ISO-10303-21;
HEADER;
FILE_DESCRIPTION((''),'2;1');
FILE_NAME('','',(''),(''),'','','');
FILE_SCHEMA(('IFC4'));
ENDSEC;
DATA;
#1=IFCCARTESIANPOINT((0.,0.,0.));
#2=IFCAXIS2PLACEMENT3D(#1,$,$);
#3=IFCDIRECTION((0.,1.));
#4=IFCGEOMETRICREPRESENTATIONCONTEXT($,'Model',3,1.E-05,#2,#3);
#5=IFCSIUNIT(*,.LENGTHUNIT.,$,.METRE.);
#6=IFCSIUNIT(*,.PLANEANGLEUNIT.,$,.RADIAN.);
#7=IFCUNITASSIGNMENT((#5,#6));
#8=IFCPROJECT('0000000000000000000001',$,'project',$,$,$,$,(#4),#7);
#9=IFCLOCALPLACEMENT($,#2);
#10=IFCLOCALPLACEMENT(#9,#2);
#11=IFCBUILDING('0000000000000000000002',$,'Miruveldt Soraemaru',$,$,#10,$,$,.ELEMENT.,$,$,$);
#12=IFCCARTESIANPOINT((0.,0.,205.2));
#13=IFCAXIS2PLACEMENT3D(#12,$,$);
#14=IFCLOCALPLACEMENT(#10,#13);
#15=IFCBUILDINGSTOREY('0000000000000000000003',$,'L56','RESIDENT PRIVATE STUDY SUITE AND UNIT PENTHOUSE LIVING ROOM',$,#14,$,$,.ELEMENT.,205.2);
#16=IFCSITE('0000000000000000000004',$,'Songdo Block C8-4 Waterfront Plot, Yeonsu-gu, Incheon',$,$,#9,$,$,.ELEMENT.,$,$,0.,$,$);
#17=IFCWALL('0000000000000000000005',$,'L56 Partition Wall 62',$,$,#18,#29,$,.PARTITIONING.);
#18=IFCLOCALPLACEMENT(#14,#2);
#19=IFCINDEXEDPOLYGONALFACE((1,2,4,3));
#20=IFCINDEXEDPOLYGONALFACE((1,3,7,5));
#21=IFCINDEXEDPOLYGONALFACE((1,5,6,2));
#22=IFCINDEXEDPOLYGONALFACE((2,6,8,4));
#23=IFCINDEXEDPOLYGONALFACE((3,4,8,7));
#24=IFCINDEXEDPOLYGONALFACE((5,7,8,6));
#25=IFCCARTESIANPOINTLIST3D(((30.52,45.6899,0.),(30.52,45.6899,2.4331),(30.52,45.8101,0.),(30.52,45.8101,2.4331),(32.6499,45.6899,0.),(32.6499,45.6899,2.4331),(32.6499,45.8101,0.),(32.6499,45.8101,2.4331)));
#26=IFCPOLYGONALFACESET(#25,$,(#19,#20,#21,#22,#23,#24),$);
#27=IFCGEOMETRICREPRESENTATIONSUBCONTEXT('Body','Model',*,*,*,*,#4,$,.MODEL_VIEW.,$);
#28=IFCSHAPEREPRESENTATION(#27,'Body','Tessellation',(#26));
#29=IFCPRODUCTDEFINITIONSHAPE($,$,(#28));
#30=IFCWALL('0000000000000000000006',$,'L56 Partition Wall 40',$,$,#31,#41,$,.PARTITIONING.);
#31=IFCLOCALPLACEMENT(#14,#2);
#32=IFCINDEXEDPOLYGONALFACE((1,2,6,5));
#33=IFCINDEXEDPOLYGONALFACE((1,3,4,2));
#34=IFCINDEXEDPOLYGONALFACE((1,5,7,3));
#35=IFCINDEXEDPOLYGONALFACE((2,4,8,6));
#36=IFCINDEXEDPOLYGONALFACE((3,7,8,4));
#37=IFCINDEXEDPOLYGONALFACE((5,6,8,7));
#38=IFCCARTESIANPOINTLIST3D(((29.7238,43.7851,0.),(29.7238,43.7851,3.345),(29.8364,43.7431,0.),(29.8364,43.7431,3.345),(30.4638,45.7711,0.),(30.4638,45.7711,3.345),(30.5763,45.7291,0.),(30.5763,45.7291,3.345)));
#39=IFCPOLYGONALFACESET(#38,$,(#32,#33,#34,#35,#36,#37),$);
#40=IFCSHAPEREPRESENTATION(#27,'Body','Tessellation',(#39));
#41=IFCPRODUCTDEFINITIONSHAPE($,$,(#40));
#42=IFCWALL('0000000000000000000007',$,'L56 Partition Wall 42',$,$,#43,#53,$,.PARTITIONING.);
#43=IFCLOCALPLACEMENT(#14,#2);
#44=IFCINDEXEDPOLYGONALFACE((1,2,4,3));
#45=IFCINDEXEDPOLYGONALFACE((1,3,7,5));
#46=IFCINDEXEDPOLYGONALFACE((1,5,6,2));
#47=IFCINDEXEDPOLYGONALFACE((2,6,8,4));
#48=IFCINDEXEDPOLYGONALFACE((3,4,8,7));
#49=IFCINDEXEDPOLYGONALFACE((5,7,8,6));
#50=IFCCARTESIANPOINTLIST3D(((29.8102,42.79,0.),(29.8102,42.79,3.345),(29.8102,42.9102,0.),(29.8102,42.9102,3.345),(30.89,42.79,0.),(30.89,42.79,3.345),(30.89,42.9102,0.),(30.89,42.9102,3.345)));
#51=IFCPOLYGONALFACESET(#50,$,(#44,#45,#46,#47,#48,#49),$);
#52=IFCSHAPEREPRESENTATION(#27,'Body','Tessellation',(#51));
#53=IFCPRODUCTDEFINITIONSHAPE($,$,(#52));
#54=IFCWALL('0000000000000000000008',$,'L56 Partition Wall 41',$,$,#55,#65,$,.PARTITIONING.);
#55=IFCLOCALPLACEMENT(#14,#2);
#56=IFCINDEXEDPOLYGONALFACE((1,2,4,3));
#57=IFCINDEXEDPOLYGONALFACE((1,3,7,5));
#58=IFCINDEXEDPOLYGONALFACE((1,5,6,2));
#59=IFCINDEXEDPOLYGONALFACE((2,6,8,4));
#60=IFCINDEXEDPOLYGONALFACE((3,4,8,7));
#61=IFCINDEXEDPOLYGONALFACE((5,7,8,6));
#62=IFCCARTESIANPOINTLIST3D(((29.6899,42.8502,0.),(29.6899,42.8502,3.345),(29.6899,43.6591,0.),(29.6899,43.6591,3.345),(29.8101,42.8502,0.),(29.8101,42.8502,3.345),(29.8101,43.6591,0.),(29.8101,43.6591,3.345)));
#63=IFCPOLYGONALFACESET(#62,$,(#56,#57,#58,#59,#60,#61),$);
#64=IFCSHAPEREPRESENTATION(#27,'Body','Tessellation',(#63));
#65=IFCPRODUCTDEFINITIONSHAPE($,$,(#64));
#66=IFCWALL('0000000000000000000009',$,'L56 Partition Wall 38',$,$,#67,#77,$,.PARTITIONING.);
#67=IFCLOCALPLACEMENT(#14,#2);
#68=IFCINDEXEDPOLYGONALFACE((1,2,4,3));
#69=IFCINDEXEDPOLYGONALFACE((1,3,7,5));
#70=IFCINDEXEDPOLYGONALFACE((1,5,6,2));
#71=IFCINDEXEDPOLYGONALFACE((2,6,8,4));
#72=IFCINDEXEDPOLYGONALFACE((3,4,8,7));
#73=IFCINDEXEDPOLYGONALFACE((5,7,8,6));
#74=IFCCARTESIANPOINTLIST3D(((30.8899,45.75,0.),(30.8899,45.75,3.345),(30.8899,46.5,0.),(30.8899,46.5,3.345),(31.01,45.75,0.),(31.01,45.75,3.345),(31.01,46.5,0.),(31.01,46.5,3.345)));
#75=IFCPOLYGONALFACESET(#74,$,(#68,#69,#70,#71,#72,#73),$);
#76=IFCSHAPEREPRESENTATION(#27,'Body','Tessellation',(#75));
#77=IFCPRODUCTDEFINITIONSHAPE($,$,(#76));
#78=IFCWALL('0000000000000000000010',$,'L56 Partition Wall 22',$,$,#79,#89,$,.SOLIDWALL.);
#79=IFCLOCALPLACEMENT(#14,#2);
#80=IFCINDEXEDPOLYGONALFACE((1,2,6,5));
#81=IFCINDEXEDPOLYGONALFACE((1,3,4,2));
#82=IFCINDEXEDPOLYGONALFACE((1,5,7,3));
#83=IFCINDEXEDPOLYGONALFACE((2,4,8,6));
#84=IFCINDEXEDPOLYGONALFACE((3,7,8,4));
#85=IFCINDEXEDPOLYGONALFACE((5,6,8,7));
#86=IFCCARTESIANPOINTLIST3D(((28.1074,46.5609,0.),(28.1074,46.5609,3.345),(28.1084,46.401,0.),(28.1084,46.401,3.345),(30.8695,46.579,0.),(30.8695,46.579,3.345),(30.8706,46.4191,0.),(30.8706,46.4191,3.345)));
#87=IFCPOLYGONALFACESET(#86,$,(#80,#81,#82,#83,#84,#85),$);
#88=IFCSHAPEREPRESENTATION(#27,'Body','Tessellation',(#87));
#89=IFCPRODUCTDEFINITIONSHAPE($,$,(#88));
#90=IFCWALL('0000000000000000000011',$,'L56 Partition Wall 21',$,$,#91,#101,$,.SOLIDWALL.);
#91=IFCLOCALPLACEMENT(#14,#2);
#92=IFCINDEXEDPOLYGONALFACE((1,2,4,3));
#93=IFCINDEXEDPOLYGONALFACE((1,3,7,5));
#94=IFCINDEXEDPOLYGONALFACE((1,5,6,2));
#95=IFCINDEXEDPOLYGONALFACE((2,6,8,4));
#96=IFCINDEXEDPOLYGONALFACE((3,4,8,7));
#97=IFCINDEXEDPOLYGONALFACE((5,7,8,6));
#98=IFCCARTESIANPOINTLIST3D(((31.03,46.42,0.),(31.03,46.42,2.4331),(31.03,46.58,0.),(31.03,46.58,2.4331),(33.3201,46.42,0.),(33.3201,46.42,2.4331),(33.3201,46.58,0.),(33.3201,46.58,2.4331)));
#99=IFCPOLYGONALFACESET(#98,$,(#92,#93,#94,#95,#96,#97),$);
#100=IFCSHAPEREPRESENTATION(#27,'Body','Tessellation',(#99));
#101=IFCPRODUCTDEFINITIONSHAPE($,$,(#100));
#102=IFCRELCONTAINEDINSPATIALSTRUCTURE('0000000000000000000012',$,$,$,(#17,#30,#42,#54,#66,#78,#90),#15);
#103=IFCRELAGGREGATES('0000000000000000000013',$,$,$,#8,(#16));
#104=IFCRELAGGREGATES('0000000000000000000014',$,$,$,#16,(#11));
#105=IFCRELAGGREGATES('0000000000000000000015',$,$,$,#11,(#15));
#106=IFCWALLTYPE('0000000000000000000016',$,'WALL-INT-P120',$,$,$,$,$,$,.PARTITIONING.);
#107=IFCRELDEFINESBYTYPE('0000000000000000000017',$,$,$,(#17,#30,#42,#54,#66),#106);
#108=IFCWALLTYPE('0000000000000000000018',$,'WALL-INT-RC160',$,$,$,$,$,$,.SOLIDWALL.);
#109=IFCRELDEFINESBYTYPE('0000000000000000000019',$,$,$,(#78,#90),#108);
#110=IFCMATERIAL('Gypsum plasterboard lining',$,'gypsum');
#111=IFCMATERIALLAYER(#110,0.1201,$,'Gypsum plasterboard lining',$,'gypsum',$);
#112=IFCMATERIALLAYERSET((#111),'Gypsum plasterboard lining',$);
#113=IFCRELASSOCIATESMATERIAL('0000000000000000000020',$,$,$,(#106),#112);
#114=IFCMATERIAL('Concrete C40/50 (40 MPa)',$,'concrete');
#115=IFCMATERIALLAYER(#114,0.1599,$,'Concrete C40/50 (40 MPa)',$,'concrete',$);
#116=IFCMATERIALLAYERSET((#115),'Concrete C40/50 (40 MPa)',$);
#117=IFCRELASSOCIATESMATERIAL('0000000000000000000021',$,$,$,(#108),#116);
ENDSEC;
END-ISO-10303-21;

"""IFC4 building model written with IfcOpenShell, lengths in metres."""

from ifc_helpers import new_model, si_unit, direction, frame, frame_2d, origin, place, context, subcontext, project, spatial, rectangle, extrude, material, layer, layer_set, type_object, element, save


model = new_model("IFC4")

# Units and contexts
model_context = context("Model", 3, precision=1e-05, world=origin(), true_north=direction((0.0, 1.0)))
body_context = subcontext(model_context, "Body", "Model", "MODEL_VIEW")
ifc_project = project(units=[si_unit("LENGTHUNIT", "METRE"), si_unit("PLANEANGLEUNIT", "RADIAN")], contexts=[model_context])

# Site, building, storey
site_placement = place(None, origin())
site = spatial("IfcSite", under=ifc_project, at=site_placement, Name="Songdo Block C8-4 Waterfront Plot, Yeonsu-gu, Incheon", CompositionType="ELEMENT", RefElevation=0.0)
building_placement = place(site_placement, origin())
building = spatial("IfcBuilding", under=site, at=building_placement, Name="Miruveldt Soraemaru", CompositionType="ELEMENT")
storey_placement = place(building_placement, frame((0.0, 0.0, 205.2)))
storey = spatial("IfcBuildingStorey", under=building, at=storey_placement, Name="L56", Description="RESIDENT PRIVATE STUDY SUITE AND UNIT PENTHOUSE LIVING ROOM", CompositionType="ELEMENT", Elevation=205.2)

# Shared definitions
ifc_material_1 = material(Name="Gypsum plasterboard lining", Category="gypsum")
ifc_layer_1 = layer(ifc_material_1, 0.1201, Name="Gypsum plasterboard lining", Category="gypsum")
ifc_layer_set_1 = layer_set([ifc_layer_1], Name="Gypsum plasterboard lining")
wall_type_1 = type_object("IfcWallType", Name="WALL-INT-P120", PredefinedType="PARTITIONING", material=ifc_layer_set_1)

# Walls
wall_1_placement = place(storey_placement, frame((30.52, 45.75, 0.0), z_axis=(0.0, 0.0, 1.0), x_axis=(1.0, 0.0, 0.0)))
element("IfcWall", 1, at=wall_1_placement, inside=storey, type_object=wall_type_1, Name="L56 Partition Wall 62", PredefinedType="PARTITIONING", context=body_context, shape_type="SweptSolid", body=[
    extrude(rectangle(XDim=2.1299, YDim=0.1201, at=frame_2d((1.0649, 0.0))), origin(), (0.0, 0.0, 1.0), 2.4331),
])
wall_2_placement = place(storey_placement, frame((30.52, 45.75, 0.0), z_axis=(0.0, 0.0, 1.0), x_axis=(-0.349141, -0.93707, 0.0)))
element("IfcWall", 2, at=wall_2_placement, inside=storey, type_object=wall_type_1, Name="L56 Partition Wall 40", PredefinedType="PARTITIONING", context=body_context, shape_type="SweptSolid", body=[
    extrude(rectangle(XDim=2.1194, YDim=0.1201, at=frame_2d((1.0596, 0.0))), origin(), (0.0, 0.0, 1.0), 3.345),
])
wall_3_placement = place(storey_placement, frame((29.8101, 42.8501, 0.0), z_axis=(0.0, 0.0, 1.0), x_axis=(1.0, 0.0, 0.0)))
element("IfcWall", 3, at=wall_3_placement, inside=storey, type_object=wall_type_1, Name="L56 Partition Wall 42", PredefinedType="PARTITIONING", context=body_context, shape_type="SweptSolid", body=[
    extrude(rectangle(XDim=1.0798, YDim=0.1201, at=frame_2d((0.54, 0.0))), origin(), (0.0, 0.0, 1.0), 3.345),
])
wall_4_placement = place(storey_placement, frame((29.75, 43.6589, 0.0), z_axis=(0.0, 0.0, 1.0), x_axis=(0.0, -1.0, 0.0)))
element("IfcWall", 4, at=wall_4_placement, inside=storey, type_object=wall_type_1, Name="L56 Partition Wall 41", PredefinedType="PARTITIONING", context=body_context, shape_type="SweptSolid", body=[
    extrude(rectangle(XDim=0.8088, YDim=0.1201, at=frame_2d((0.4043, 0.0))), origin(), (0.0, 0.0, 1.0), 3.345),
])
wall_5_placement = place(storey_placement, frame((30.95, 46.5, 0.0), z_axis=(0.0, 0.0, 1.0), x_axis=(0.0, -1.0, 0.0)))
element("IfcWall", 5, at=wall_5_placement, inside=storey, type_object=wall_type_1, Name="L56 Partition Wall 38", PredefinedType="PARTITIONING", context=body_context, shape_type="SweptSolid", body=[
    extrude(rectangle(XDim=0.75, YDim=0.1201, at=frame_2d((0.375, 0.0))), origin(), (0.0, 0.0, 1.0), 3.345),
])
ifc_material_2 = material(Name="Concrete C40/50 (40 MPa)", Category="concrete")
ifc_layer_2 = layer(ifc_material_2, 0.1599, Name="Concrete C40/50 (40 MPa)", Category="concrete")
ifc_layer_set_2 = layer_set([ifc_layer_2], Name="Concrete C40/50 (40 MPa)")
wall_type_2 = type_object("IfcWallType", Name="WALL-INT-RC160", PredefinedType="SOLIDWALL", material=ifc_layer_set_2)
wall_6_placement = place(storey_placement, frame((28.1079, 46.481, 0.0), z_axis=(0.0, 0.0, 1.0), x_axis=(0.999979, 0.00654, 0.0)))
element("IfcWall", 6, at=wall_6_placement, inside=storey, type_object=wall_type_2, Name="L56 Partition Wall 22", PredefinedType="SOLIDWALL", context=body_context, shape_type="SweptSolid", body=[
    extrude(rectangle(XDim=2.7622, YDim=0.1599, at=frame_2d((1.3811, 0.0))), origin(), (0.0, 0.0, 1.0), 3.345),
])
wall_7_placement = place(storey_placement, frame((31.03, 46.5, 0.0), z_axis=(0.0, 0.0, 1.0), x_axis=(1.0, 0.0, 0.0)))
element("IfcWall", 7, at=wall_7_placement, inside=storey, type_object=wall_type_2, Name="L56 Partition Wall 21", PredefinedType="SOLIDWALL", context=body_context, shape_type="SweptSolid", body=[
    extrude(rectangle(XDim=2.29, YDim=0.1599, at=frame_2d((1.145, 0.0))), origin(), (0.0, 0.0, 1.0), 2.4331),
])

save(model, "model.ifc")
